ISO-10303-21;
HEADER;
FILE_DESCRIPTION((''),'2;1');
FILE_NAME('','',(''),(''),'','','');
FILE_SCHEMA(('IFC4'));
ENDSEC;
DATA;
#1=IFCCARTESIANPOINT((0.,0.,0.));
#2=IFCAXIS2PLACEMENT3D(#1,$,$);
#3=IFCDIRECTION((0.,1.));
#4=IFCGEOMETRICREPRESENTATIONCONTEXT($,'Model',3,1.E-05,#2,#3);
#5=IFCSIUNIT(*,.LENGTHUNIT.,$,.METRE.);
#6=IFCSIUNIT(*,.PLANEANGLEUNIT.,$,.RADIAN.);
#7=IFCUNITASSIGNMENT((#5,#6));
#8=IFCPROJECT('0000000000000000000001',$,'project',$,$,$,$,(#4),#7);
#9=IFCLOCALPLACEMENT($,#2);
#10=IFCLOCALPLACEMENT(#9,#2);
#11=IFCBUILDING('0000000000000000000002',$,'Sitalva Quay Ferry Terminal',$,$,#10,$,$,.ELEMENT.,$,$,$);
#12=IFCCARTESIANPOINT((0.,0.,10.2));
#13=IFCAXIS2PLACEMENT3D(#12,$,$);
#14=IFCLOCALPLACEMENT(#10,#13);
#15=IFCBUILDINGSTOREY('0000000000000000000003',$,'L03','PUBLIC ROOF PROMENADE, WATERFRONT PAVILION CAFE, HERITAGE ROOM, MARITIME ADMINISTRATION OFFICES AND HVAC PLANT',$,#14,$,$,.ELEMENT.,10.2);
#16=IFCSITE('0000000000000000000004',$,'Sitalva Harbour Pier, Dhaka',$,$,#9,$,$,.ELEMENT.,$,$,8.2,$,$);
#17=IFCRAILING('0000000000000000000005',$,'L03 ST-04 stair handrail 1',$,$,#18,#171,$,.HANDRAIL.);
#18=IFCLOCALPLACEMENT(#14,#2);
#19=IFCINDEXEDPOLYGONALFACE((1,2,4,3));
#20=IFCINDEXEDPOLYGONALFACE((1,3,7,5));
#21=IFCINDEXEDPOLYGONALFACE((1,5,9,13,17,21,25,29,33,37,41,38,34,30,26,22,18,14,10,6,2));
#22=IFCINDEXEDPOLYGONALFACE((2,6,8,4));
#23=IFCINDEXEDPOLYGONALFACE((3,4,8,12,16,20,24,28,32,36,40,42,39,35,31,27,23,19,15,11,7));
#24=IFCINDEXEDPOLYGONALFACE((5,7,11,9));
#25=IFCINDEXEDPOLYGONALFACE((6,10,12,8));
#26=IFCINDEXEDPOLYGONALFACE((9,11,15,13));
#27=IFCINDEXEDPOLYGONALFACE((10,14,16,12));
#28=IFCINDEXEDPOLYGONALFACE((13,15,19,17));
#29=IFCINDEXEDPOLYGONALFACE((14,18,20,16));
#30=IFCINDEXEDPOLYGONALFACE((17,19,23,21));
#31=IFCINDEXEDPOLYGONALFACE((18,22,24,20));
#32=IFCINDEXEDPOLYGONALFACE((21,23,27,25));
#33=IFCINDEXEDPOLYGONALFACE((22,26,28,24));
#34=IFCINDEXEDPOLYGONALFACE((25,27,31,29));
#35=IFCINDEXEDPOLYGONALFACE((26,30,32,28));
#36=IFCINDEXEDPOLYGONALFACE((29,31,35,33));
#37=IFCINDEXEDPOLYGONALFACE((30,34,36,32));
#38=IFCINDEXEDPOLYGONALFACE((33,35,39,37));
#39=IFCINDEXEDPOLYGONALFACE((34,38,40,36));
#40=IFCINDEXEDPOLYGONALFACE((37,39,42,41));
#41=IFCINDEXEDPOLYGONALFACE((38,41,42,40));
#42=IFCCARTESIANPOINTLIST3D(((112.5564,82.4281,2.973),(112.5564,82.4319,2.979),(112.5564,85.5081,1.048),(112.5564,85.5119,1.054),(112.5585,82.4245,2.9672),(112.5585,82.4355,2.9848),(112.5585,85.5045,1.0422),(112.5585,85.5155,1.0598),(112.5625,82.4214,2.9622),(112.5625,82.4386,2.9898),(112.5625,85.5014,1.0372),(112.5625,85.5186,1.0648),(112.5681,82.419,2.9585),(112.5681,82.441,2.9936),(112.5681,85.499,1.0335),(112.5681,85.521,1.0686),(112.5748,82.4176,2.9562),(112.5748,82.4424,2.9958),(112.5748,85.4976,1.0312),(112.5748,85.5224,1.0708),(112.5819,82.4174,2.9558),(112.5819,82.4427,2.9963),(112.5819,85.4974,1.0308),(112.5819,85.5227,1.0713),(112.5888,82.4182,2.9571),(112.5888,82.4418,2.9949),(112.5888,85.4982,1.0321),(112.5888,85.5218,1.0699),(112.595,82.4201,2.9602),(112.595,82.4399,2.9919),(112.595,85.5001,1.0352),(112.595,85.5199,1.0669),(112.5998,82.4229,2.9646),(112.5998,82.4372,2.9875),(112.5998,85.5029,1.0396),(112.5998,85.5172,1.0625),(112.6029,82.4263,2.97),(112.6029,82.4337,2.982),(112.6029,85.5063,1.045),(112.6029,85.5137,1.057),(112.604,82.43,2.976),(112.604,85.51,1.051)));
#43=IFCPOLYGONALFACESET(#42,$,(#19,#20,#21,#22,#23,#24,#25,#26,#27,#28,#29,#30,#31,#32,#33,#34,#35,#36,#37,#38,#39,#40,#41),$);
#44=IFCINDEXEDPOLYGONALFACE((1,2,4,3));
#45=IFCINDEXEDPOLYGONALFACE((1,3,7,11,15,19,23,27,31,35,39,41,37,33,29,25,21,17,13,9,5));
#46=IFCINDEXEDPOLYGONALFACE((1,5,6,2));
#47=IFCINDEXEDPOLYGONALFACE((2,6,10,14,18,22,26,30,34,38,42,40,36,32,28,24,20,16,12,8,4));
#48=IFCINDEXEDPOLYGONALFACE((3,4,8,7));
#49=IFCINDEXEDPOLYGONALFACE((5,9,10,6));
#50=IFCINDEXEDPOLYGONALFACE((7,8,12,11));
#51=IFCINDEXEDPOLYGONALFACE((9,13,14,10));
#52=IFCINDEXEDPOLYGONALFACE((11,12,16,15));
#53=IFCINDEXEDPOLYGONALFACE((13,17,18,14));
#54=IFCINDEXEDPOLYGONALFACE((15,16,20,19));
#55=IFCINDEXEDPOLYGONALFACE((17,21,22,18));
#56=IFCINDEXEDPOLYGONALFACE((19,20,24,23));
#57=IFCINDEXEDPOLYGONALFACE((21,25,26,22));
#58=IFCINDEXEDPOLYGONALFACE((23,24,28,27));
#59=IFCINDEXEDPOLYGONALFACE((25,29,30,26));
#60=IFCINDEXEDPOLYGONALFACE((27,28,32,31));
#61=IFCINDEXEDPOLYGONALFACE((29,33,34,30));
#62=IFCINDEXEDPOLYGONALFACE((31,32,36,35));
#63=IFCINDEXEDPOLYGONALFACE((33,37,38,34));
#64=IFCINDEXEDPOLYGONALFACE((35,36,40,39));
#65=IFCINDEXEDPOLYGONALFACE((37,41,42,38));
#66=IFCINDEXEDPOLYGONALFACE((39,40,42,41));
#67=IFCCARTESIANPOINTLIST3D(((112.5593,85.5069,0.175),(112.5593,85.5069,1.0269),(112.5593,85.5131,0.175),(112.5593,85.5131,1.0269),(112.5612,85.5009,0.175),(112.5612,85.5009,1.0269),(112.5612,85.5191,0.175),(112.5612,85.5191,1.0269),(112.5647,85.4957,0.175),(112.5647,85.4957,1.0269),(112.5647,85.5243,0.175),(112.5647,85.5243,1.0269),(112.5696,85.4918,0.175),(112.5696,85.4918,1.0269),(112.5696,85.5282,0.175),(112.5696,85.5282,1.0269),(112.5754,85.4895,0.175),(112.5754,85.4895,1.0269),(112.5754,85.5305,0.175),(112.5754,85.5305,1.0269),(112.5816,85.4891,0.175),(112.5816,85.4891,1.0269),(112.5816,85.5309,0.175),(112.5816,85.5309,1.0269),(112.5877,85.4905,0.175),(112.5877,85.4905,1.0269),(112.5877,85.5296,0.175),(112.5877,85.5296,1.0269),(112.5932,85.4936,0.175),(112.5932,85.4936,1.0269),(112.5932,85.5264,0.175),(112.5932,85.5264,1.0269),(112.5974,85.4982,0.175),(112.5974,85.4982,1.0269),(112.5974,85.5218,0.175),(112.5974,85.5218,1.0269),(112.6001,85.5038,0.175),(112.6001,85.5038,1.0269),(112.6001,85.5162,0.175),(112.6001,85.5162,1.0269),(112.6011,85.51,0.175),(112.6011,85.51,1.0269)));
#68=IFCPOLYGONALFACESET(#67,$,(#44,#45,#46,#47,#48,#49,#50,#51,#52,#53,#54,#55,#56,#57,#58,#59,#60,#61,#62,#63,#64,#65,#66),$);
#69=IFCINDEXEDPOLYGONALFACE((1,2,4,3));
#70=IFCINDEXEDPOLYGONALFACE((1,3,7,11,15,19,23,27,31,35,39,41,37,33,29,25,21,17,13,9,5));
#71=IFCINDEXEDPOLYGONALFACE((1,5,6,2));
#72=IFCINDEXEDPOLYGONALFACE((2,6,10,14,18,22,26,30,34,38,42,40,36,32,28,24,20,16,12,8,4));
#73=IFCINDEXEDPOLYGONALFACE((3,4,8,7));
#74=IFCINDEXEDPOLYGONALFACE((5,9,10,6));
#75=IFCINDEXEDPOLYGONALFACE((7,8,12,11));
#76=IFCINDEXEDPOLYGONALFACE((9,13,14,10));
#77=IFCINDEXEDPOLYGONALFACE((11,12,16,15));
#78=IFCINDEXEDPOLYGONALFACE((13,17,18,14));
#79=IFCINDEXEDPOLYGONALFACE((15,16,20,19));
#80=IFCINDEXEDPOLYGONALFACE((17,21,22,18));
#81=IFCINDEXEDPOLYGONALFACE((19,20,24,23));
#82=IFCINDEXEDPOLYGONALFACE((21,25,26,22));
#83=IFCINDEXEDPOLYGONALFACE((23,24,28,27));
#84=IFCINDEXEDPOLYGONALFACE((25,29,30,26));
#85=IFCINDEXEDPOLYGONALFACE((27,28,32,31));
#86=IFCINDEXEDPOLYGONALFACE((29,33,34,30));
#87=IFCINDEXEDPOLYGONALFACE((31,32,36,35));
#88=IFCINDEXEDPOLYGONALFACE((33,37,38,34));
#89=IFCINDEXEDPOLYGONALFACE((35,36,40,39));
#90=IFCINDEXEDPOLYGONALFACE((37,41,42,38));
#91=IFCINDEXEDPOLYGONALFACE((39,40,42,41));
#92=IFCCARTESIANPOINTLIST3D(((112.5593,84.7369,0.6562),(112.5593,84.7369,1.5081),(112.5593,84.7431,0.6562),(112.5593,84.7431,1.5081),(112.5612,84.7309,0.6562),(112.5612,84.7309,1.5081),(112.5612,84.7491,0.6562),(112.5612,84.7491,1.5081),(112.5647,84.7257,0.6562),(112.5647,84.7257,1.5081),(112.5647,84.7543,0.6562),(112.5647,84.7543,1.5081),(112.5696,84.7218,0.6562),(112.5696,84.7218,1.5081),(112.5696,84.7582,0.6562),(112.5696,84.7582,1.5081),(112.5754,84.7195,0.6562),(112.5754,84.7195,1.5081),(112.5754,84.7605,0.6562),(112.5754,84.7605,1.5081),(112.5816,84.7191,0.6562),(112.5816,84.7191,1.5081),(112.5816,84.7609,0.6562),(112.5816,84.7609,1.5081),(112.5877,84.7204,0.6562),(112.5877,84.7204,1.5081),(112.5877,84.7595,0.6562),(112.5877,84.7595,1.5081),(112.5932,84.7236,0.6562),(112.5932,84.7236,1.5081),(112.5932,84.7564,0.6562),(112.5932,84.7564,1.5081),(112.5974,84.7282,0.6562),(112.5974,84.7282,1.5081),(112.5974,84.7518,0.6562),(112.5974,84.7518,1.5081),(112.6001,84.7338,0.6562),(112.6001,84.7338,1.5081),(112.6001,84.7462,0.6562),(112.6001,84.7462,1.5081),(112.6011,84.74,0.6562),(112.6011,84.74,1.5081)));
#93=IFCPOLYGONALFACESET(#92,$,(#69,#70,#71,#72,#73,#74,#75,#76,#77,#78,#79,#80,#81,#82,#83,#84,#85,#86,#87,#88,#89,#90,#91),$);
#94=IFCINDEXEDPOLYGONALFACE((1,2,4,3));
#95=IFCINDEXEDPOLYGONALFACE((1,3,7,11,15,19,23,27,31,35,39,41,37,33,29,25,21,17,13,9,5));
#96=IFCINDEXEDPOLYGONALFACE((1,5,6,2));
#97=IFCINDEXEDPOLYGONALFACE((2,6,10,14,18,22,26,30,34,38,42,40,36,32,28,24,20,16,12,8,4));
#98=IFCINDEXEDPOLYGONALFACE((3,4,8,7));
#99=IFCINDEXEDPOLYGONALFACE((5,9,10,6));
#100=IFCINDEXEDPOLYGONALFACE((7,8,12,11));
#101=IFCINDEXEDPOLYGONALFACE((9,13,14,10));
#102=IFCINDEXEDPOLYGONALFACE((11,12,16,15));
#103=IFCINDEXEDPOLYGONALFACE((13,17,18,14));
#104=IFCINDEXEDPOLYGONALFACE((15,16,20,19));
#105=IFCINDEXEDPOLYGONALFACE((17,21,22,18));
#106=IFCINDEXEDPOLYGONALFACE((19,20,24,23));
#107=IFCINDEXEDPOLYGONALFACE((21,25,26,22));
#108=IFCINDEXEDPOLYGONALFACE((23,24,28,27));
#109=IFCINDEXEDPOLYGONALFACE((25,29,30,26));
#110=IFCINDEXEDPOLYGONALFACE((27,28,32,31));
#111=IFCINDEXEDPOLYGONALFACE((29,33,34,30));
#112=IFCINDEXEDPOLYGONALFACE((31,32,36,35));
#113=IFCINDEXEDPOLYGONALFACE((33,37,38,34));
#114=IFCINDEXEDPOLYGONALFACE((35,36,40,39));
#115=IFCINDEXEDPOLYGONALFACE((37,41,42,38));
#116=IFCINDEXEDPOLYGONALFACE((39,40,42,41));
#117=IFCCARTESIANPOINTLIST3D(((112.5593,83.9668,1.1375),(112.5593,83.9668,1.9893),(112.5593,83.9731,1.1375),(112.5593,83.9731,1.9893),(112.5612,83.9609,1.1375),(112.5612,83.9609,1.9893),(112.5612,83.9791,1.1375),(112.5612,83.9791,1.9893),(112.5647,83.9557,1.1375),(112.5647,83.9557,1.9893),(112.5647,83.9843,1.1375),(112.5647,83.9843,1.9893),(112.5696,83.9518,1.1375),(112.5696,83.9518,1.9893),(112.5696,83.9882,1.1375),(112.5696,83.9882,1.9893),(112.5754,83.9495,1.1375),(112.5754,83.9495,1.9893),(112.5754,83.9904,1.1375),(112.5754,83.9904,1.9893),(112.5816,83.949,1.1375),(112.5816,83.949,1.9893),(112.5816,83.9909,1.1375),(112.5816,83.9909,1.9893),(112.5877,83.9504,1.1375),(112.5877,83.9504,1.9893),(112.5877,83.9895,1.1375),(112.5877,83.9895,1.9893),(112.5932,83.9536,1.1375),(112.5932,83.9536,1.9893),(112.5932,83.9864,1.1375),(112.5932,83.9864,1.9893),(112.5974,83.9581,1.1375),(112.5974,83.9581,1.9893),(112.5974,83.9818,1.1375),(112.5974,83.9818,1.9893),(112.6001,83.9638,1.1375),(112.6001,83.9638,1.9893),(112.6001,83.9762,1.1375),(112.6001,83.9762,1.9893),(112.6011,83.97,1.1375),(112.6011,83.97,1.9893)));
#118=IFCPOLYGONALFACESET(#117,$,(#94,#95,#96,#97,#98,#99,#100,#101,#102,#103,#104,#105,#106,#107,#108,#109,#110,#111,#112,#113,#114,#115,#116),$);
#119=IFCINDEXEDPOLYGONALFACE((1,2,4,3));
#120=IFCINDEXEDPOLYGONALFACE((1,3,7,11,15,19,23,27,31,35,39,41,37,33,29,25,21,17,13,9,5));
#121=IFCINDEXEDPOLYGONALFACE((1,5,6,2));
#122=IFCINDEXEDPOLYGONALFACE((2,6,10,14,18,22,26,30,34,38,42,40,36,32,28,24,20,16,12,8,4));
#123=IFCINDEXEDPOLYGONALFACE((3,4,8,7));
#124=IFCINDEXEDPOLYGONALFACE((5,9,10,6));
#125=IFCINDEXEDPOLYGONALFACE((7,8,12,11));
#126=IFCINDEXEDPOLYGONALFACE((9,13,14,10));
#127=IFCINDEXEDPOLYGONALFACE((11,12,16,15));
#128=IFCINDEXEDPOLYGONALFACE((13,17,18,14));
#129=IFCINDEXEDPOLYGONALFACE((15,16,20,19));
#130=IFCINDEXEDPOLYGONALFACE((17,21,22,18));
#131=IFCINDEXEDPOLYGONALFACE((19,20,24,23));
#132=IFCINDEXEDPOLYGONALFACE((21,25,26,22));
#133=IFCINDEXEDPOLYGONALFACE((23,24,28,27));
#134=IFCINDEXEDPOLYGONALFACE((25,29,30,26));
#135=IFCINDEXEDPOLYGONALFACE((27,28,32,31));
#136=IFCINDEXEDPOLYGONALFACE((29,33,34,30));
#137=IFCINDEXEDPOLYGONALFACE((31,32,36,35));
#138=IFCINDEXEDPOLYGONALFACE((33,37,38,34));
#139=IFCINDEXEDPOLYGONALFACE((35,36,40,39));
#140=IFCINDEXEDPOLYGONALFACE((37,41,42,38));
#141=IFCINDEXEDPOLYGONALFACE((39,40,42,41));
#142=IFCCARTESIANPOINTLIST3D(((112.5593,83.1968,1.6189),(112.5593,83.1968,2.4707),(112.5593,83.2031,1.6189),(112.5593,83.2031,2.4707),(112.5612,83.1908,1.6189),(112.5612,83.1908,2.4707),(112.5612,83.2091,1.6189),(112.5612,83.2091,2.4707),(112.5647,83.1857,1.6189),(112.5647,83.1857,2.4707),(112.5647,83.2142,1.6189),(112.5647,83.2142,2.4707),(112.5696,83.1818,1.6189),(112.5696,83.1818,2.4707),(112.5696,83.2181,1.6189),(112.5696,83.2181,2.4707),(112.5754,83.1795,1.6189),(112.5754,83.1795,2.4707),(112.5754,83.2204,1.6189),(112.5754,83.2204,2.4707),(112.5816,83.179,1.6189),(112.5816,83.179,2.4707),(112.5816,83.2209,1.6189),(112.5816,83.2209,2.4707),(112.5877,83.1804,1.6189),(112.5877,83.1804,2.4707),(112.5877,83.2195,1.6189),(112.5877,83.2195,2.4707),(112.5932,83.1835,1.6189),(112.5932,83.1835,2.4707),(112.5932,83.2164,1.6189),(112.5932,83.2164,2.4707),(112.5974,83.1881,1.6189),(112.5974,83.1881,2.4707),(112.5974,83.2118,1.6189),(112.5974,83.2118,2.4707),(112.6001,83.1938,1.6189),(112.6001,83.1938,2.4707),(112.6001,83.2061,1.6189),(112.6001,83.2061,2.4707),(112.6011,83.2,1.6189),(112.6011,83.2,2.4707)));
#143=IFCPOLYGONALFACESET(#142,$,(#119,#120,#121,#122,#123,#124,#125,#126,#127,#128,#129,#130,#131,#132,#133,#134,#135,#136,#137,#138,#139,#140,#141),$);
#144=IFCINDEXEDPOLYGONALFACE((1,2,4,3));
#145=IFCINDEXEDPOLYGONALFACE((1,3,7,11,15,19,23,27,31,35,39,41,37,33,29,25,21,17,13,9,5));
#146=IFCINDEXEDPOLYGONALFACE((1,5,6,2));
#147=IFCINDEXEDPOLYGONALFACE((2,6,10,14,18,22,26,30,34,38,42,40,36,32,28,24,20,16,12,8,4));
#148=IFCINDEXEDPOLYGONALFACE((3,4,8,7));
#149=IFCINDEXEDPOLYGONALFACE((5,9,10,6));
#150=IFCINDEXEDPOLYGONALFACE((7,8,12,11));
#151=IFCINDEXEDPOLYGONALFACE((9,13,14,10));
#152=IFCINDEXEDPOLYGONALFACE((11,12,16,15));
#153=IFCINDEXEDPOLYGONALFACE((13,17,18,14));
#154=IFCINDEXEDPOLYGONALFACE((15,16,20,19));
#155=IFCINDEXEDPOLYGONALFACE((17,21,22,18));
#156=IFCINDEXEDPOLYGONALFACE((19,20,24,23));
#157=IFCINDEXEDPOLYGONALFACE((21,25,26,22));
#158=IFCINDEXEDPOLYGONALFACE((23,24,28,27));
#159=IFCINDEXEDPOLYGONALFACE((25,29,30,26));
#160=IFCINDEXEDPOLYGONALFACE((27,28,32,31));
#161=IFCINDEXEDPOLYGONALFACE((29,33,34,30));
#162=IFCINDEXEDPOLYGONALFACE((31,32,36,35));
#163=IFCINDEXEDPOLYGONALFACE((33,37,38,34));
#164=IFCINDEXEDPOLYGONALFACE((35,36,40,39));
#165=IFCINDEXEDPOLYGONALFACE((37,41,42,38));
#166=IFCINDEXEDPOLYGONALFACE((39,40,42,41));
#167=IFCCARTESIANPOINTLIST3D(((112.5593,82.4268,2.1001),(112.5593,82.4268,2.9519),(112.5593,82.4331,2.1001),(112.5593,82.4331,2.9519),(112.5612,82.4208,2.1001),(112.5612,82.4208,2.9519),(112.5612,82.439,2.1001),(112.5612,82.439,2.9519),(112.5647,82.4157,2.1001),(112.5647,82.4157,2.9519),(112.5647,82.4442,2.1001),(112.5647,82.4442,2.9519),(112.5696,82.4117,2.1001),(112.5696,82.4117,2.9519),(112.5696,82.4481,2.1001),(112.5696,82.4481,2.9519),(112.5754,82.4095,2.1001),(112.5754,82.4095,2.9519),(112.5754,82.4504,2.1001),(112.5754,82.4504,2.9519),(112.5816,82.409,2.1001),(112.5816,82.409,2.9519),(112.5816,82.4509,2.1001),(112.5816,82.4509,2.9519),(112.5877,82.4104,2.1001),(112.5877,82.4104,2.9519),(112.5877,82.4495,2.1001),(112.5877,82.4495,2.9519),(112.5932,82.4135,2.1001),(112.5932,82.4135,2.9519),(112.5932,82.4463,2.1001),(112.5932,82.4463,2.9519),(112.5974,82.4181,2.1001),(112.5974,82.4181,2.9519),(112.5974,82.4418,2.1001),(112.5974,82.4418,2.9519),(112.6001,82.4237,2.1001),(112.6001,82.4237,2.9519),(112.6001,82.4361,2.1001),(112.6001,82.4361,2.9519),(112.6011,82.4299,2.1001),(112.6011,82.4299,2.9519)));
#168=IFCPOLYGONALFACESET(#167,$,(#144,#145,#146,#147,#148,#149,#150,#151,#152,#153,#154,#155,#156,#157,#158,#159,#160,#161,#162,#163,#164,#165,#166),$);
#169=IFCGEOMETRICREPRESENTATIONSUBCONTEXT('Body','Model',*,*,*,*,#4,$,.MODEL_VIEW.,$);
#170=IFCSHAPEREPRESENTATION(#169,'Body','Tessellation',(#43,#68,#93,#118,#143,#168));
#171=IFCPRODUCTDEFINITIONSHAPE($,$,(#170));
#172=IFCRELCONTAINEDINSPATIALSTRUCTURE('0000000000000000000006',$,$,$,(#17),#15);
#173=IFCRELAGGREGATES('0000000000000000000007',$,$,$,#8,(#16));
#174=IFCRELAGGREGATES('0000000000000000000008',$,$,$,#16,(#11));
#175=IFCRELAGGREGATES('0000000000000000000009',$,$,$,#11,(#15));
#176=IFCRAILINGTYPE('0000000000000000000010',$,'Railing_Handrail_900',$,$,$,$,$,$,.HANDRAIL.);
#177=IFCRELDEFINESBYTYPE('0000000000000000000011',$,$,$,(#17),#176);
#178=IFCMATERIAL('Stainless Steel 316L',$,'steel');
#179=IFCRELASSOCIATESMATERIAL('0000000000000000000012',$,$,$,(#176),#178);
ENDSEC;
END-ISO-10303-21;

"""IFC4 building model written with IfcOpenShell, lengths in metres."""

from ifc_helpers import new_model, si_unit, direction, frame, origin, origin_2d, place, context, subcontext, project, spatial, circle, extrude, material, type_object, element, save


model = new_model("IFC4")

# Units and contexts
model_context = context("Model", 3, precision=1e-05, world=origin(), true_north=direction((0.0, 1.0)))
body_context = subcontext(model_context, "Body", "Model", "MODEL_VIEW")
ifc_project = project(units=[si_unit("LENGTHUNIT", "METRE"), si_unit("PLANEANGLEUNIT", "RADIAN")], contexts=[model_context])

# Site, building, storey
site_placement = place(None, origin())
site = spatial("IfcSite", under=ifc_project, at=site_placement, Name="Sitalva Harbour Pier, Dhaka", CompositionType="ELEMENT", RefElevation=8.2)
building_placement = place(site_placement, origin())
building = spatial("IfcBuilding", under=site, at=building_placement, Name="Sitalva Quay Ferry Terminal", CompositionType="ELEMENT")
storey_placement = place(building_placement, frame((0.0, 0.0, 10.2)))
storey = spatial("IfcBuildingStorey", under=building, at=storey_placement, Name="L03", Description="PUBLIC ROOF PROMENADE, WATERFRONT PAVILION CAFE, HERITAGE ROOM, MARITIME ADMINISTRATION OFFICES AND HVAC PLANT", CompositionType="ELEMENT", Elevation=10.2)

# Railing
ifc_material_1 = material(Name="Stainless Steel 316L", Category="steel")
railing_type = type_object("IfcRailingType", Name="Railing_Handrail_900", PredefinedType="HANDRAIL", material=ifc_material_1)
railing_placement = place(storey_placement, frame((112.5801, 85.51, 0.175)))
element("IfcRailing", 1, at=railing_placement, inside=storey, type_object=railing_type, Name="L03 ST-04 stair handrail 1", PredefinedType="HANDRAIL", context=body_context, shape_type="SweptSolid", body=[
    extrude(circle(Radius=0.0239, at=origin_2d()), frame((0.0, 0.0, 0.876), z_axis=(0.0, -0.847998, 0.529999), x_axis=(1.0, 0.0, 0.0)), (0.0, 0.0, 1.0), 3.6321),
    extrude(circle(Radius=0.021, at=origin_2d()), origin(), (0.0, 0.0, 1.0), 0.8518),
    extrude(circle(Radius=0.021, at=origin_2d()), frame((0.0, -0.77, 0.4812)), (0.0, 0.0, 1.0), 0.8518),
    extrude(circle(Radius=0.021, at=origin_2d()), frame((0.0, -1.54, 0.9624)), (0.0, 0.0, 1.0), 0.8518),
    extrude(circle(Radius=0.021, at=origin_2d()), frame((0.0, -2.3101, 1.4438)), (0.0, 0.0, 1.0), 0.8518),
    extrude(circle(Radius=0.021, at=origin_2d()), frame((0.0, -3.0801, 1.925)), (0.0, 0.0, 1.0), 0.8518),
])

save(model, "model.ifc")
